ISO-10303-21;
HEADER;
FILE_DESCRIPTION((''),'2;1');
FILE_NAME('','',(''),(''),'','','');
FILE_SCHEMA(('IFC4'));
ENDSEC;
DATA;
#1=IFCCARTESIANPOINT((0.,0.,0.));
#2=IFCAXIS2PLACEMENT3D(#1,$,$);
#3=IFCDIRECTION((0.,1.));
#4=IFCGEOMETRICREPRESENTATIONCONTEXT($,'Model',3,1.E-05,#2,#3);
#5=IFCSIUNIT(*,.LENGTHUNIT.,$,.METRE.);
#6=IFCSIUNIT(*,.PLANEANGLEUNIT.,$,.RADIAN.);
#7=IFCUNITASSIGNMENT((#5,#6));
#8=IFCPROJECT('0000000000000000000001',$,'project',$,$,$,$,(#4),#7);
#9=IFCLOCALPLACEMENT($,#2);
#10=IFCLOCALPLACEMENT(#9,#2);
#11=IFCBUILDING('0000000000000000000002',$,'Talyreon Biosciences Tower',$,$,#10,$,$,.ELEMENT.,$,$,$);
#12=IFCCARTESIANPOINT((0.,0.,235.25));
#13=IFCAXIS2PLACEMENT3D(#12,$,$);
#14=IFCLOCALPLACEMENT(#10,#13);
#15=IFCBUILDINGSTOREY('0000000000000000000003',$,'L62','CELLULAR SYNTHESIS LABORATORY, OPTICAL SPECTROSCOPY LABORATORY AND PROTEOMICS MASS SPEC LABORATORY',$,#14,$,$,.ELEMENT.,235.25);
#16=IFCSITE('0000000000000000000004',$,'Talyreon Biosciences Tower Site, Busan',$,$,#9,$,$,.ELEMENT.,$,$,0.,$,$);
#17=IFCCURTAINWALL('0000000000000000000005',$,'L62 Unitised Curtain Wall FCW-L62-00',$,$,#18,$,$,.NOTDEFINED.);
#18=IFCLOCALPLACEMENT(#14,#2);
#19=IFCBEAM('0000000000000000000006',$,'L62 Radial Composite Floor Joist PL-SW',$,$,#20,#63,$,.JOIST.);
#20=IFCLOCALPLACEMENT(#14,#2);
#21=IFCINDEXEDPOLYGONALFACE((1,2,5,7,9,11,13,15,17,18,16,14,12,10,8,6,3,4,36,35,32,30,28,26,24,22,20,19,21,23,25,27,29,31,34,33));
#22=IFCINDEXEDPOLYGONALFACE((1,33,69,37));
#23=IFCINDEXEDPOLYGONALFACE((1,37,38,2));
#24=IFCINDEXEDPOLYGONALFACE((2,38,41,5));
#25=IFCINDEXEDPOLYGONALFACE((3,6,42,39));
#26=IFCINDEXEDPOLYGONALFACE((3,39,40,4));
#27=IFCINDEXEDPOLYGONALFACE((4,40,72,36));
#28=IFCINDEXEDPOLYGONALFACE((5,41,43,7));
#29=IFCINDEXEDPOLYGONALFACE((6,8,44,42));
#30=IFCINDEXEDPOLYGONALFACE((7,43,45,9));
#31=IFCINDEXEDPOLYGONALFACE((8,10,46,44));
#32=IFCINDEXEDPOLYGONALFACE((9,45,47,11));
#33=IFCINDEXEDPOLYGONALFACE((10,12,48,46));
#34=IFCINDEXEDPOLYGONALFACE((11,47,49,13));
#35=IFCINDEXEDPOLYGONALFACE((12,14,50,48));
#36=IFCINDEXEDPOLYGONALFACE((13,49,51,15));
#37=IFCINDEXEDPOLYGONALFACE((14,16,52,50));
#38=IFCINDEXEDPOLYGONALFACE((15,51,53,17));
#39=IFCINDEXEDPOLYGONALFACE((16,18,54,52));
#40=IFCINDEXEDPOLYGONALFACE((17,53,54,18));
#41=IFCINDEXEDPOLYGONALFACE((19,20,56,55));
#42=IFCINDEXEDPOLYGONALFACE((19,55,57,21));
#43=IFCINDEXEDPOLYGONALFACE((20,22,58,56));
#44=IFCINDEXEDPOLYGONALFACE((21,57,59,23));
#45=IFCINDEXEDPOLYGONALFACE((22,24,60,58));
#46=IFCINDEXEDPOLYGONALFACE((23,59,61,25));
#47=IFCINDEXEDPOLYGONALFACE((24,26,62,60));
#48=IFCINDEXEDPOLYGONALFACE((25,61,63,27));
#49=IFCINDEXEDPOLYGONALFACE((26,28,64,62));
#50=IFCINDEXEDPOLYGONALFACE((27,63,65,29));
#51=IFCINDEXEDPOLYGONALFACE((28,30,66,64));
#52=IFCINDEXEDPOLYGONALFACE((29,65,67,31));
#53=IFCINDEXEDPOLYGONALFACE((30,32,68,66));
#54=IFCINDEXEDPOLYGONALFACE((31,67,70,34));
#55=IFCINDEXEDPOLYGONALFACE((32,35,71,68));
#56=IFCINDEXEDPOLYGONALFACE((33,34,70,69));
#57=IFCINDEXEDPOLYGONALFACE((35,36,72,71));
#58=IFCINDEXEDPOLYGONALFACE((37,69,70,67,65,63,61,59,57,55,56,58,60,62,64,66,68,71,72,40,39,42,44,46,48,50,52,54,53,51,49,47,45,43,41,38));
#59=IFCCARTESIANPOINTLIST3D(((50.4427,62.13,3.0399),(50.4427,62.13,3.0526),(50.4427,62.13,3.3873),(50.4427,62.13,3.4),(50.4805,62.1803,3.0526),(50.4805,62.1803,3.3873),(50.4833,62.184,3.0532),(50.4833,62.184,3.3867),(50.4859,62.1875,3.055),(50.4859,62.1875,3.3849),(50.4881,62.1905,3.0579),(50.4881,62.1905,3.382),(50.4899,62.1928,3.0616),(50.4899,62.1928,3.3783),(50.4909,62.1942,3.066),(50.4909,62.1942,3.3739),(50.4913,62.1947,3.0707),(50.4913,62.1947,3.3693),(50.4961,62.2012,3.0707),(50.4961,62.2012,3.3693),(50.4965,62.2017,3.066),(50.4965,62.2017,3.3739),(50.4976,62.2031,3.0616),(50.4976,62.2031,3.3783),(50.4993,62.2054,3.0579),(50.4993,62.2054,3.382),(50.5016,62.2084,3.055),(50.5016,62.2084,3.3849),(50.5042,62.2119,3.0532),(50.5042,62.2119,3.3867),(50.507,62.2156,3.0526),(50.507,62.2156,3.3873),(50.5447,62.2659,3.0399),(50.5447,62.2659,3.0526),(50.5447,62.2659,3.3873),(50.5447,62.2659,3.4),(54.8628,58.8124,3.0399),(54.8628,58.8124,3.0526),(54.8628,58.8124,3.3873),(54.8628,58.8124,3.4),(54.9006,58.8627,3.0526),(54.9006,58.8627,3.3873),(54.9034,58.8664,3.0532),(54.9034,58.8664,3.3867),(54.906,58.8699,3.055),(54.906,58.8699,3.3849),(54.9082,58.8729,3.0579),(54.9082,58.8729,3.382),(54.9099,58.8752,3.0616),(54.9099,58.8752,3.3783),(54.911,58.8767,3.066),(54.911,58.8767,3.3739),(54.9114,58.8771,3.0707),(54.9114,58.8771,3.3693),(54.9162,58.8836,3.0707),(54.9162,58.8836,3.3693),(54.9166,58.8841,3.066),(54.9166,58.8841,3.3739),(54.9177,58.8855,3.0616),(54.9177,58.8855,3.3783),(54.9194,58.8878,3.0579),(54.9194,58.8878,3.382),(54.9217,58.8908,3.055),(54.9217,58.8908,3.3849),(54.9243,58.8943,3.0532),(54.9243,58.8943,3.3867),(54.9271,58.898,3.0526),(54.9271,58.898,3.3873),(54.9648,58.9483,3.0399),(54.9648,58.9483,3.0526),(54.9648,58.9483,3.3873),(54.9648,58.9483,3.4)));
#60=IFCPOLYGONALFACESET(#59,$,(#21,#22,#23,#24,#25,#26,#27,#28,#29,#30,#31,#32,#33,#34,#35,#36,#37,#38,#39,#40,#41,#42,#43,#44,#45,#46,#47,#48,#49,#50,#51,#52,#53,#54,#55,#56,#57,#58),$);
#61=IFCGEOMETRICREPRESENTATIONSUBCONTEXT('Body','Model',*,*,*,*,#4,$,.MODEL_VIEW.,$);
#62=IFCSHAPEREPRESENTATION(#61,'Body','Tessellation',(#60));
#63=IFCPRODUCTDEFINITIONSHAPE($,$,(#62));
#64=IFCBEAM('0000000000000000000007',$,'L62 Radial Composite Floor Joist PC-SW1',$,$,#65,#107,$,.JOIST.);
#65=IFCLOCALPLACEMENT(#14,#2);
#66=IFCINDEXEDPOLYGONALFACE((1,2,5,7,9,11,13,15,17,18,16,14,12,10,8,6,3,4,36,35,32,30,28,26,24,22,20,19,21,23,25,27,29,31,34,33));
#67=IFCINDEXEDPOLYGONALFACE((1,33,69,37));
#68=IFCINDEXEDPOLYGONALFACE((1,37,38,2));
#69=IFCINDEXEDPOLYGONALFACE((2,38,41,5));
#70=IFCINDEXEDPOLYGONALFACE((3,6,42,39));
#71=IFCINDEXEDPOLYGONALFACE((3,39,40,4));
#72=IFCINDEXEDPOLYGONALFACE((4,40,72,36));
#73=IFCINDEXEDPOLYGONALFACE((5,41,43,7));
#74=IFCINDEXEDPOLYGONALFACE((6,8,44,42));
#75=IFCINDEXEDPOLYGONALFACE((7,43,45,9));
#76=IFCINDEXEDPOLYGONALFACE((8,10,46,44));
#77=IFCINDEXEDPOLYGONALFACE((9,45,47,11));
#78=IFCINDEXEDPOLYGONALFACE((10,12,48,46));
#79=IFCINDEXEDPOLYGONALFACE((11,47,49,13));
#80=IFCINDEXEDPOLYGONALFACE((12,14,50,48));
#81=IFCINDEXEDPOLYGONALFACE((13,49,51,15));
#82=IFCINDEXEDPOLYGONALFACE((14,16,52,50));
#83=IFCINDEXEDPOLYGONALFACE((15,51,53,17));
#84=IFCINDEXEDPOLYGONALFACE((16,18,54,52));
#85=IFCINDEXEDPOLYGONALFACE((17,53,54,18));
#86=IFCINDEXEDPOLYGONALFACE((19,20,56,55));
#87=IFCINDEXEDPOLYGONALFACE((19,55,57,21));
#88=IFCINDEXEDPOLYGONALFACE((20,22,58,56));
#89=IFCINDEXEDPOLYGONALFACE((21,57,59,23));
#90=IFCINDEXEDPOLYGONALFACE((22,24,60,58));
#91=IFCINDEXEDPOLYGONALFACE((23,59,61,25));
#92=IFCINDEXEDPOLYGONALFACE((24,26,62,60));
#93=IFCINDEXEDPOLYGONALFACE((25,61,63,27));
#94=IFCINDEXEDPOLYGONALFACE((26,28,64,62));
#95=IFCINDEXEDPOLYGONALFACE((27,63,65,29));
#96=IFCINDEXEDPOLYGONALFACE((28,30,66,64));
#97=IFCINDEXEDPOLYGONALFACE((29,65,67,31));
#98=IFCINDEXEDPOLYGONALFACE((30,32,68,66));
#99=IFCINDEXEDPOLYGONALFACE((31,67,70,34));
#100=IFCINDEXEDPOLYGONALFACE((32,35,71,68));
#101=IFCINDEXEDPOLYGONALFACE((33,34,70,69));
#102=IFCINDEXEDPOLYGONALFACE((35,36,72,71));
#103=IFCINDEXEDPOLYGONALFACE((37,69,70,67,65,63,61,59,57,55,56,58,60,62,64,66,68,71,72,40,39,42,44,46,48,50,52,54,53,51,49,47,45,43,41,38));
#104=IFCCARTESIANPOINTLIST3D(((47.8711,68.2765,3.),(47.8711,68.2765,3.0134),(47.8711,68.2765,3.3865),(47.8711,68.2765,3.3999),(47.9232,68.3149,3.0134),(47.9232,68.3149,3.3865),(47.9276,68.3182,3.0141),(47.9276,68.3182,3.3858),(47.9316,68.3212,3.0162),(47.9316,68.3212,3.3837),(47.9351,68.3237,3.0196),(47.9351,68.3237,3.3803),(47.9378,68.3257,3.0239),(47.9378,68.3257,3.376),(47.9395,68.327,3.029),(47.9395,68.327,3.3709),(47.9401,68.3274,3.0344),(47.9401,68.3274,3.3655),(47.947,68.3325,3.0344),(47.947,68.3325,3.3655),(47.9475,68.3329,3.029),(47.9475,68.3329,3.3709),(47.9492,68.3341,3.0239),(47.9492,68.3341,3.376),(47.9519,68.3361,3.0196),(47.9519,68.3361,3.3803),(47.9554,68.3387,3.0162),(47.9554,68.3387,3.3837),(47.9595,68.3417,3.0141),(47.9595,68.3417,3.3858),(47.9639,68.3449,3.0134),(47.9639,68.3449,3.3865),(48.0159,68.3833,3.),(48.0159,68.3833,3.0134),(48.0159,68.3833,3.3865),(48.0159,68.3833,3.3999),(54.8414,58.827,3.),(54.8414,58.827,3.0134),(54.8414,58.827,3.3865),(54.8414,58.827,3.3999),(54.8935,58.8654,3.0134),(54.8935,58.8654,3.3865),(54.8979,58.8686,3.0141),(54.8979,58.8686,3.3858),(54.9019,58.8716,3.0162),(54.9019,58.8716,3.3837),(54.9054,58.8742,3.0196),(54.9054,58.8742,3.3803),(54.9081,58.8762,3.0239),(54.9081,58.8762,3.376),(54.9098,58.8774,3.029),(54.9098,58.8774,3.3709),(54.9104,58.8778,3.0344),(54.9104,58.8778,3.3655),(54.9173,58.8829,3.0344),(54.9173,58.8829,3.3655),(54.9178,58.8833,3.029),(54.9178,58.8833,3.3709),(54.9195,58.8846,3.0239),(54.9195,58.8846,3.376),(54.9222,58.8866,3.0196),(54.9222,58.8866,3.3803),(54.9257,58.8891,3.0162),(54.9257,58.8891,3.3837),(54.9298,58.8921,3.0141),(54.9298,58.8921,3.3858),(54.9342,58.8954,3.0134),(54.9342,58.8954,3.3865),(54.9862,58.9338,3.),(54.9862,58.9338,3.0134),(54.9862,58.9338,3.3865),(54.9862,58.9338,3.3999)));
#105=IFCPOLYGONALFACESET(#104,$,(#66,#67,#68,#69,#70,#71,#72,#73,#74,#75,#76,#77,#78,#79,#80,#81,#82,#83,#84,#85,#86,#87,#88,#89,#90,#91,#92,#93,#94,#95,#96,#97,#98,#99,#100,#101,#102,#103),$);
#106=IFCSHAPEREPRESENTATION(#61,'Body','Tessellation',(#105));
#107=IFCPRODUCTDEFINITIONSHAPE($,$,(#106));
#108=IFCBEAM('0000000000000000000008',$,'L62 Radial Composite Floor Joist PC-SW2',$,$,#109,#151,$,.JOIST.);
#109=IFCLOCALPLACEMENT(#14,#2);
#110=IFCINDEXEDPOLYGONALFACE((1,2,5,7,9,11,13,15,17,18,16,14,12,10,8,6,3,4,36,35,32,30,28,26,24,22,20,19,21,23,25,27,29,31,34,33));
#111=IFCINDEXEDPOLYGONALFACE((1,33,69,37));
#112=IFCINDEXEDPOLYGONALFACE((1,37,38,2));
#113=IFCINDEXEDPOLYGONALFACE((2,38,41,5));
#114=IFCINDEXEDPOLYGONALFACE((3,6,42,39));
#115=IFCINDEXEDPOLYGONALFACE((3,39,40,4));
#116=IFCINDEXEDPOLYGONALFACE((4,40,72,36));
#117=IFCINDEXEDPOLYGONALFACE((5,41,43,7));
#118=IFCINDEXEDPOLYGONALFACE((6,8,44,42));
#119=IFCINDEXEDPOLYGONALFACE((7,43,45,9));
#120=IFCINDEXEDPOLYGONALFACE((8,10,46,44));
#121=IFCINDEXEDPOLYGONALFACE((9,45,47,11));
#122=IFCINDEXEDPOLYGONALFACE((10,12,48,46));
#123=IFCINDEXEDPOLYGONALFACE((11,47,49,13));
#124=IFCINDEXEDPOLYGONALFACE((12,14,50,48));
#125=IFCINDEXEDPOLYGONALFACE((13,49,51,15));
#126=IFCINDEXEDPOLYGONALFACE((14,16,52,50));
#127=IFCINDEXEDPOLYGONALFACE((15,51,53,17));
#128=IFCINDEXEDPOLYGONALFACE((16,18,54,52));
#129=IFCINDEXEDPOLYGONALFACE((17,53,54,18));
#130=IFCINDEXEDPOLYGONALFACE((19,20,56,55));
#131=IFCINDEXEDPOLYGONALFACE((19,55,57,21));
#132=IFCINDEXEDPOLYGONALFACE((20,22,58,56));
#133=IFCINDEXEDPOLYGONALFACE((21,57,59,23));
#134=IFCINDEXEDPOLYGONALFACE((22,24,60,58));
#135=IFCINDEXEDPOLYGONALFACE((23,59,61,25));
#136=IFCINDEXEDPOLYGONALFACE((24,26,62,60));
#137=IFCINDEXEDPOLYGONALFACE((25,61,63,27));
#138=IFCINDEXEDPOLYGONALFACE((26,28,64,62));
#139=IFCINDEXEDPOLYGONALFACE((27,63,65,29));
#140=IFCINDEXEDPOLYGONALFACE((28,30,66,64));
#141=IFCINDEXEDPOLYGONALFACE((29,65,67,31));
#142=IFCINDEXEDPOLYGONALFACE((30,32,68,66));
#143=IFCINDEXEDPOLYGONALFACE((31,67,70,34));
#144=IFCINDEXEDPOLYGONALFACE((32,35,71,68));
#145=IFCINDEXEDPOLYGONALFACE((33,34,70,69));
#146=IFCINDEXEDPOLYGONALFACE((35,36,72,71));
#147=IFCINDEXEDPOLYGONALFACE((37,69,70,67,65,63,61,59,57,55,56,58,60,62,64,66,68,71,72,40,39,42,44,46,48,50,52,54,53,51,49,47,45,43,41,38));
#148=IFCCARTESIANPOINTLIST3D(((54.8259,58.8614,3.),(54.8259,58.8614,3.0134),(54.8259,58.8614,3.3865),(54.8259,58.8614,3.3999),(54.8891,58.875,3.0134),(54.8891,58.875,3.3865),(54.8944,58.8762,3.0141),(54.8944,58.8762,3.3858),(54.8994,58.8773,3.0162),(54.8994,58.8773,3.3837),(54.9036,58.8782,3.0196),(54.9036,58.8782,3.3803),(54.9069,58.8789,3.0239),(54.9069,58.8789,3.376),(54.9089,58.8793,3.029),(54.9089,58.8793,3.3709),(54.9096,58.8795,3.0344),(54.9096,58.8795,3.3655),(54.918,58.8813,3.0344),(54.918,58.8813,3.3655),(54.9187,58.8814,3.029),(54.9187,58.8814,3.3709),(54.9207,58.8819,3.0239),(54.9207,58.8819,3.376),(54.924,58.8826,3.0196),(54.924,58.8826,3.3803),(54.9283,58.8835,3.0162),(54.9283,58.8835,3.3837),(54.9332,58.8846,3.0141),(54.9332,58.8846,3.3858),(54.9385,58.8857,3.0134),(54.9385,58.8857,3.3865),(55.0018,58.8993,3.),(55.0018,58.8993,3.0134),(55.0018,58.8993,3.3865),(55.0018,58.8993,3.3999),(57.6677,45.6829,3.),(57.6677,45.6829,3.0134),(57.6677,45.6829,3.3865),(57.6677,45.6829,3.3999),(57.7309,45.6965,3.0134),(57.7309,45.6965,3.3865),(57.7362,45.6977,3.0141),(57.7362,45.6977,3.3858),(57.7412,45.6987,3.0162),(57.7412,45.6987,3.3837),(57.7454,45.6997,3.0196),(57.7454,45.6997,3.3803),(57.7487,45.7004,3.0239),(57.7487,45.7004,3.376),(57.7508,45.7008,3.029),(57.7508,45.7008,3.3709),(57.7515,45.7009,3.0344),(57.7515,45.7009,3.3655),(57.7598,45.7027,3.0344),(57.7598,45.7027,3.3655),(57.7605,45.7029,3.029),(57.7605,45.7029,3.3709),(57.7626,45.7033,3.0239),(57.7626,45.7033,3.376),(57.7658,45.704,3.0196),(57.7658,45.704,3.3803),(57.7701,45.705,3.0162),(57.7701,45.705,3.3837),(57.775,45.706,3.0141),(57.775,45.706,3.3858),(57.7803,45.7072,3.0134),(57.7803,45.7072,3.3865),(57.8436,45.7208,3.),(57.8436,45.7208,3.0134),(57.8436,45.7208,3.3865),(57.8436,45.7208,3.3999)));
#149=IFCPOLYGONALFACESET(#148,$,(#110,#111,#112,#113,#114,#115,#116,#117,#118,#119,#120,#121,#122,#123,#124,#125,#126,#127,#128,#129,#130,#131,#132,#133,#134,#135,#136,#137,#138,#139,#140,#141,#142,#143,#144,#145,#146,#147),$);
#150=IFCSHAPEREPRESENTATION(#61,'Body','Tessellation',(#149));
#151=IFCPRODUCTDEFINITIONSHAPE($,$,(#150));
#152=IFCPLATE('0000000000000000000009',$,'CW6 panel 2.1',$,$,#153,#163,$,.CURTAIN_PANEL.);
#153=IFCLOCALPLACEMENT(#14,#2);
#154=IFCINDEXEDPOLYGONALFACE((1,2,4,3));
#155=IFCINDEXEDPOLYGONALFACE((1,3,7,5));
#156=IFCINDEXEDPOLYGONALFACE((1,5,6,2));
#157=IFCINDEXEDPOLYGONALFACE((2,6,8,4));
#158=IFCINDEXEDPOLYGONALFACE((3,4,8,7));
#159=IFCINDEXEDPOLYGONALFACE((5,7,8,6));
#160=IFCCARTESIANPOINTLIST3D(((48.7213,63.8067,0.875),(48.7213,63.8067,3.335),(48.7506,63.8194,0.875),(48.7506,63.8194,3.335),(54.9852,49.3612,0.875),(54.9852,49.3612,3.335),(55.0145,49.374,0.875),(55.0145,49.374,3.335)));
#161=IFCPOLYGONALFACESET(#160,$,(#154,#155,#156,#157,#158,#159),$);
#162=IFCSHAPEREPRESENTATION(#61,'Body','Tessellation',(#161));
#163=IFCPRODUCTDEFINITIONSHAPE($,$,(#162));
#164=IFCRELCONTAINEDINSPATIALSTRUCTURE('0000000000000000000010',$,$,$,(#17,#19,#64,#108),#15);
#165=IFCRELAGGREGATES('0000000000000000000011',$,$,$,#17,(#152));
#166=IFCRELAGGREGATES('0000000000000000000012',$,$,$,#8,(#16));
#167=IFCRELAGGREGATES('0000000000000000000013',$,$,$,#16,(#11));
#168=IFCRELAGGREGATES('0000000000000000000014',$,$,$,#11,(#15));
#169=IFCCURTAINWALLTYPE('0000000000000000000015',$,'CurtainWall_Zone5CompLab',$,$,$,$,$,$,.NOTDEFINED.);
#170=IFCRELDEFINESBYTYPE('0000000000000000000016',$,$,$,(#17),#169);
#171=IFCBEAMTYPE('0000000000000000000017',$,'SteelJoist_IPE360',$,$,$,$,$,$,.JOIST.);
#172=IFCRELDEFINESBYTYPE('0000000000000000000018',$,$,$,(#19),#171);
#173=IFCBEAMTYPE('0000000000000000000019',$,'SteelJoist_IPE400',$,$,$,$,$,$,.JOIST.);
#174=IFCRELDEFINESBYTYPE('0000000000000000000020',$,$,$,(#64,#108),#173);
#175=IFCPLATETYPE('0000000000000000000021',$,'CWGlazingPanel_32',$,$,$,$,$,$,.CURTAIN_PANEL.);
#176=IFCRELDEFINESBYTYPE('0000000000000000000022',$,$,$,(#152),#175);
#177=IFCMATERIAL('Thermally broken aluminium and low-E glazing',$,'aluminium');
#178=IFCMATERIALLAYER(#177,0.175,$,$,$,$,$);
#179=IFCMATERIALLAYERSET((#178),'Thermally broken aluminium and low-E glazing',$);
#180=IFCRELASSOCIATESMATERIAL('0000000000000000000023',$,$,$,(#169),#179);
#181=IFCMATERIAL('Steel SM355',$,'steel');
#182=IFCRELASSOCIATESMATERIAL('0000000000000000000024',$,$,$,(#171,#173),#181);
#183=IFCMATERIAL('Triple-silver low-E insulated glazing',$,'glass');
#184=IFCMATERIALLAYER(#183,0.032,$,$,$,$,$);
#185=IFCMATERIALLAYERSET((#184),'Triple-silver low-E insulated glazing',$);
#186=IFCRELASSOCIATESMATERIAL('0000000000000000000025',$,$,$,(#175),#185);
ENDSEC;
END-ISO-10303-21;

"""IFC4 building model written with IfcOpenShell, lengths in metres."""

from ifc_helpers import new_model, si_unit, direction, frame, origin, origin_2d, place, context, subcontext, project, spatial, rectangle, i_section, extrude, material, layer, layer_set, material_profile, profile_set, type_object, element, aggregate, save


model = new_model("IFC4")

# Units and contexts
model_context = context("Model", 3, precision=1e-05, world=origin(), true_north=direction((0.0, 1.0)))
body_context = subcontext(model_context, "Body", "Model", "MODEL_VIEW")
ifc_project = project(units=[si_unit("LENGTHUNIT", "METRE"), si_unit("PLANEANGLEUNIT", "RADIAN")], contexts=[model_context])

# Site, building, storey
site_placement = place(None, origin())
site = spatial("IfcSite", under=ifc_project, at=site_placement, Name="Talyreon Biosciences Tower Site, Busan", CompositionType="ELEMENT", RefElevation=0.0)
building_placement = place(site_placement, origin())
building = spatial("IfcBuilding", under=site, at=building_placement, Name="Talyreon Biosciences Tower", CompositionType="ELEMENT")
storey_placement = place(building_placement, frame((0.0, 0.0, 235.25)))
storey = spatial("IfcBuildingStorey", under=building, at=storey_placement, Name="L62", Description="CELLULAR SYNTHESIS LABORATORY, OPTICAL SPECTROSCOPY LABORATORY AND PROTEOMICS MASS SPEC LABORATORY", CompositionType="ELEMENT", Elevation=235.25)

# Curtain wall
ifc_material_1 = material(Name="Thermally broken aluminium and low-E glazing", Category="aluminium")
ifc_layer_1 = layer(ifc_material_1, 0.175)
ifc_layer_set_1 = layer_set([ifc_layer_1], Name="Thermally broken aluminium and low-E glazing")
curtain_wall_type = type_object("IfcCurtainWallType", Name="CurtainWall_Zone5CompLab", PredefinedType="NOTDEFINED", material=ifc_layer_set_1)
curtain_wall_placement = place(storey_placement, origin())
curtain_wall = element("IfcCurtainWall", 1, at=curtain_wall_placement, inside=storey, type_object=curtain_wall_type, Name="L62 Unitised Curtain Wall FCW-L62-00", PredefinedType="NOTDEFINED")

# Beams
ifc_material_2 = material(Name="Steel SM355", Category="steel")
ifc_material_profile_1 = material_profile(ifc_material_2, i_section(OverallWidth=0.1699, OverallDepth=0.3601, WebThickness=0.0081, FlangeThickness=0.0127, FilletRadius=0.0181, at=origin_2d()), Name="IPE360")
ifc_profile_set_1 = profile_set([ifc_material_profile_1], Name="Steel SM355")
beam_type_1 = type_object("IfcBeamType", Name="SteelJoist_IPE360", PredefinedType="JOIST", material=ifc_profile_set_1)
beam_1_placement = place(storey_placement, frame((54.9138, 58.8804, 3.22), z_axis=(-0.799783, 0.60029, 0.0), x_axis=(-0.60029, -0.799783, 0.0)))
element("IfcBeam", 2, at=beam_1_placement, inside=storey, type_object=beam_type_1, Name="L62 Radial Composite Floor Joist PL-SW", PredefinedType="JOIST", context=body_context, shape_type="SweptSolid", body=[
    extrude(i_section(OverallWidth=0.1699, OverallDepth=0.3601, WebThickness=0.0081, FlangeThickness=0.0127, FilletRadius=0.0181, at=origin_2d()), origin(), (0.0, 0.0, 1.0), 5.5266),
])
ifc_material_profile_2 = material_profile(ifc_material_2, i_section(OverallWidth=0.1799, OverallDepth=0.3999, WebThickness=0.0085, FlangeThickness=0.0134, FilletRadius=0.021, at=origin_2d()), Name="IPE400")
ifc_profile_set_2 = profile_set([ifc_material_profile_2], Name="Steel SM355")
beam_type_2 = type_object("IfcBeamType", Name="SteelJoist_IPE400", PredefinedType="JOIST", material=ifc_profile_set_2)
beam_2_placement = place(storey_placement, frame((54.9138, 58.8804, 3.2), z_axis=(-0.59361, 0.804753, 0.0), x_axis=(-0.804753, -0.59361, 0.0)))
element("IfcBeam", 3, at=beam_2_placement, inside=storey, type_object=beam_type_2, Name="L62 Radial Composite Floor Joist PC-SW1", PredefinedType="JOIST", context=body_context, shape_type="SweptSolid", body=[
    extrude(i_section(OverallWidth=0.1799, OverallDepth=0.3999, WebThickness=0.0085, FlangeThickness=0.0134, FilletRadius=0.021, at=origin_2d()), origin(), (0.0, 0.0, 1.0), 11.7422),
])
beam_3_placement = place(storey_placement, frame((54.9138, 58.8804, 3.2), z_axis=(0.210794, -0.97753, 0.0), x_axis=(0.97753, 0.210794, 0.0)))
element("IfcBeam", 4, at=beam_3_placement, inside=storey, type_object=beam_type_2, Name="L62 Radial Composite Floor Joist PC-SW2", PredefinedType="JOIST", context=body_context, shape_type="SweptSolid", body=[
    extrude(i_section(OverallWidth=0.1799, OverallDepth=0.3999, WebThickness=0.0085, FlangeThickness=0.0134, FilletRadius=0.021, at=origin_2d()), origin(), (0.0, 0.0, 1.0), 13.4814),
])

# Plate
ifc_material_3 = material(Name="Triple-silver low-E insulated glazing", Category="glass")
ifc_layer_2 = layer(ifc_material_3, 0.032)
ifc_layer_set_2 = layer_set([ifc_layer_2], Name="Triple-silver low-E insulated glazing")
plate_type_1 = type_object("IfcPlateType", Name="CWGlazingPanel_32", PredefinedType="CURTAIN_PANEL", material=ifc_layer_set_2)
plate_placement = place(storey_placement, frame((51.8679, 56.5903, 0.875), z_axis=(0.0, 0.0, 1.0), x_axis=(-0.397832, 0.917458, 0.0)))
plate = element("IfcPlate", 5, at=plate_placement, type_object=plate_type_1, Name="CW6 panel 2.1", PredefinedType="CURTAIN_PANEL", context=body_context, shape_type="SweptSolid", body=[
    extrude(rectangle(XDim=15.7451, YDim=0.032, at=origin_2d()), origin(), (0.0, 0.0, 1.0), 2.46),
])
aggregate(curtain_wall, [plate])

save(model, "model.ifc")
